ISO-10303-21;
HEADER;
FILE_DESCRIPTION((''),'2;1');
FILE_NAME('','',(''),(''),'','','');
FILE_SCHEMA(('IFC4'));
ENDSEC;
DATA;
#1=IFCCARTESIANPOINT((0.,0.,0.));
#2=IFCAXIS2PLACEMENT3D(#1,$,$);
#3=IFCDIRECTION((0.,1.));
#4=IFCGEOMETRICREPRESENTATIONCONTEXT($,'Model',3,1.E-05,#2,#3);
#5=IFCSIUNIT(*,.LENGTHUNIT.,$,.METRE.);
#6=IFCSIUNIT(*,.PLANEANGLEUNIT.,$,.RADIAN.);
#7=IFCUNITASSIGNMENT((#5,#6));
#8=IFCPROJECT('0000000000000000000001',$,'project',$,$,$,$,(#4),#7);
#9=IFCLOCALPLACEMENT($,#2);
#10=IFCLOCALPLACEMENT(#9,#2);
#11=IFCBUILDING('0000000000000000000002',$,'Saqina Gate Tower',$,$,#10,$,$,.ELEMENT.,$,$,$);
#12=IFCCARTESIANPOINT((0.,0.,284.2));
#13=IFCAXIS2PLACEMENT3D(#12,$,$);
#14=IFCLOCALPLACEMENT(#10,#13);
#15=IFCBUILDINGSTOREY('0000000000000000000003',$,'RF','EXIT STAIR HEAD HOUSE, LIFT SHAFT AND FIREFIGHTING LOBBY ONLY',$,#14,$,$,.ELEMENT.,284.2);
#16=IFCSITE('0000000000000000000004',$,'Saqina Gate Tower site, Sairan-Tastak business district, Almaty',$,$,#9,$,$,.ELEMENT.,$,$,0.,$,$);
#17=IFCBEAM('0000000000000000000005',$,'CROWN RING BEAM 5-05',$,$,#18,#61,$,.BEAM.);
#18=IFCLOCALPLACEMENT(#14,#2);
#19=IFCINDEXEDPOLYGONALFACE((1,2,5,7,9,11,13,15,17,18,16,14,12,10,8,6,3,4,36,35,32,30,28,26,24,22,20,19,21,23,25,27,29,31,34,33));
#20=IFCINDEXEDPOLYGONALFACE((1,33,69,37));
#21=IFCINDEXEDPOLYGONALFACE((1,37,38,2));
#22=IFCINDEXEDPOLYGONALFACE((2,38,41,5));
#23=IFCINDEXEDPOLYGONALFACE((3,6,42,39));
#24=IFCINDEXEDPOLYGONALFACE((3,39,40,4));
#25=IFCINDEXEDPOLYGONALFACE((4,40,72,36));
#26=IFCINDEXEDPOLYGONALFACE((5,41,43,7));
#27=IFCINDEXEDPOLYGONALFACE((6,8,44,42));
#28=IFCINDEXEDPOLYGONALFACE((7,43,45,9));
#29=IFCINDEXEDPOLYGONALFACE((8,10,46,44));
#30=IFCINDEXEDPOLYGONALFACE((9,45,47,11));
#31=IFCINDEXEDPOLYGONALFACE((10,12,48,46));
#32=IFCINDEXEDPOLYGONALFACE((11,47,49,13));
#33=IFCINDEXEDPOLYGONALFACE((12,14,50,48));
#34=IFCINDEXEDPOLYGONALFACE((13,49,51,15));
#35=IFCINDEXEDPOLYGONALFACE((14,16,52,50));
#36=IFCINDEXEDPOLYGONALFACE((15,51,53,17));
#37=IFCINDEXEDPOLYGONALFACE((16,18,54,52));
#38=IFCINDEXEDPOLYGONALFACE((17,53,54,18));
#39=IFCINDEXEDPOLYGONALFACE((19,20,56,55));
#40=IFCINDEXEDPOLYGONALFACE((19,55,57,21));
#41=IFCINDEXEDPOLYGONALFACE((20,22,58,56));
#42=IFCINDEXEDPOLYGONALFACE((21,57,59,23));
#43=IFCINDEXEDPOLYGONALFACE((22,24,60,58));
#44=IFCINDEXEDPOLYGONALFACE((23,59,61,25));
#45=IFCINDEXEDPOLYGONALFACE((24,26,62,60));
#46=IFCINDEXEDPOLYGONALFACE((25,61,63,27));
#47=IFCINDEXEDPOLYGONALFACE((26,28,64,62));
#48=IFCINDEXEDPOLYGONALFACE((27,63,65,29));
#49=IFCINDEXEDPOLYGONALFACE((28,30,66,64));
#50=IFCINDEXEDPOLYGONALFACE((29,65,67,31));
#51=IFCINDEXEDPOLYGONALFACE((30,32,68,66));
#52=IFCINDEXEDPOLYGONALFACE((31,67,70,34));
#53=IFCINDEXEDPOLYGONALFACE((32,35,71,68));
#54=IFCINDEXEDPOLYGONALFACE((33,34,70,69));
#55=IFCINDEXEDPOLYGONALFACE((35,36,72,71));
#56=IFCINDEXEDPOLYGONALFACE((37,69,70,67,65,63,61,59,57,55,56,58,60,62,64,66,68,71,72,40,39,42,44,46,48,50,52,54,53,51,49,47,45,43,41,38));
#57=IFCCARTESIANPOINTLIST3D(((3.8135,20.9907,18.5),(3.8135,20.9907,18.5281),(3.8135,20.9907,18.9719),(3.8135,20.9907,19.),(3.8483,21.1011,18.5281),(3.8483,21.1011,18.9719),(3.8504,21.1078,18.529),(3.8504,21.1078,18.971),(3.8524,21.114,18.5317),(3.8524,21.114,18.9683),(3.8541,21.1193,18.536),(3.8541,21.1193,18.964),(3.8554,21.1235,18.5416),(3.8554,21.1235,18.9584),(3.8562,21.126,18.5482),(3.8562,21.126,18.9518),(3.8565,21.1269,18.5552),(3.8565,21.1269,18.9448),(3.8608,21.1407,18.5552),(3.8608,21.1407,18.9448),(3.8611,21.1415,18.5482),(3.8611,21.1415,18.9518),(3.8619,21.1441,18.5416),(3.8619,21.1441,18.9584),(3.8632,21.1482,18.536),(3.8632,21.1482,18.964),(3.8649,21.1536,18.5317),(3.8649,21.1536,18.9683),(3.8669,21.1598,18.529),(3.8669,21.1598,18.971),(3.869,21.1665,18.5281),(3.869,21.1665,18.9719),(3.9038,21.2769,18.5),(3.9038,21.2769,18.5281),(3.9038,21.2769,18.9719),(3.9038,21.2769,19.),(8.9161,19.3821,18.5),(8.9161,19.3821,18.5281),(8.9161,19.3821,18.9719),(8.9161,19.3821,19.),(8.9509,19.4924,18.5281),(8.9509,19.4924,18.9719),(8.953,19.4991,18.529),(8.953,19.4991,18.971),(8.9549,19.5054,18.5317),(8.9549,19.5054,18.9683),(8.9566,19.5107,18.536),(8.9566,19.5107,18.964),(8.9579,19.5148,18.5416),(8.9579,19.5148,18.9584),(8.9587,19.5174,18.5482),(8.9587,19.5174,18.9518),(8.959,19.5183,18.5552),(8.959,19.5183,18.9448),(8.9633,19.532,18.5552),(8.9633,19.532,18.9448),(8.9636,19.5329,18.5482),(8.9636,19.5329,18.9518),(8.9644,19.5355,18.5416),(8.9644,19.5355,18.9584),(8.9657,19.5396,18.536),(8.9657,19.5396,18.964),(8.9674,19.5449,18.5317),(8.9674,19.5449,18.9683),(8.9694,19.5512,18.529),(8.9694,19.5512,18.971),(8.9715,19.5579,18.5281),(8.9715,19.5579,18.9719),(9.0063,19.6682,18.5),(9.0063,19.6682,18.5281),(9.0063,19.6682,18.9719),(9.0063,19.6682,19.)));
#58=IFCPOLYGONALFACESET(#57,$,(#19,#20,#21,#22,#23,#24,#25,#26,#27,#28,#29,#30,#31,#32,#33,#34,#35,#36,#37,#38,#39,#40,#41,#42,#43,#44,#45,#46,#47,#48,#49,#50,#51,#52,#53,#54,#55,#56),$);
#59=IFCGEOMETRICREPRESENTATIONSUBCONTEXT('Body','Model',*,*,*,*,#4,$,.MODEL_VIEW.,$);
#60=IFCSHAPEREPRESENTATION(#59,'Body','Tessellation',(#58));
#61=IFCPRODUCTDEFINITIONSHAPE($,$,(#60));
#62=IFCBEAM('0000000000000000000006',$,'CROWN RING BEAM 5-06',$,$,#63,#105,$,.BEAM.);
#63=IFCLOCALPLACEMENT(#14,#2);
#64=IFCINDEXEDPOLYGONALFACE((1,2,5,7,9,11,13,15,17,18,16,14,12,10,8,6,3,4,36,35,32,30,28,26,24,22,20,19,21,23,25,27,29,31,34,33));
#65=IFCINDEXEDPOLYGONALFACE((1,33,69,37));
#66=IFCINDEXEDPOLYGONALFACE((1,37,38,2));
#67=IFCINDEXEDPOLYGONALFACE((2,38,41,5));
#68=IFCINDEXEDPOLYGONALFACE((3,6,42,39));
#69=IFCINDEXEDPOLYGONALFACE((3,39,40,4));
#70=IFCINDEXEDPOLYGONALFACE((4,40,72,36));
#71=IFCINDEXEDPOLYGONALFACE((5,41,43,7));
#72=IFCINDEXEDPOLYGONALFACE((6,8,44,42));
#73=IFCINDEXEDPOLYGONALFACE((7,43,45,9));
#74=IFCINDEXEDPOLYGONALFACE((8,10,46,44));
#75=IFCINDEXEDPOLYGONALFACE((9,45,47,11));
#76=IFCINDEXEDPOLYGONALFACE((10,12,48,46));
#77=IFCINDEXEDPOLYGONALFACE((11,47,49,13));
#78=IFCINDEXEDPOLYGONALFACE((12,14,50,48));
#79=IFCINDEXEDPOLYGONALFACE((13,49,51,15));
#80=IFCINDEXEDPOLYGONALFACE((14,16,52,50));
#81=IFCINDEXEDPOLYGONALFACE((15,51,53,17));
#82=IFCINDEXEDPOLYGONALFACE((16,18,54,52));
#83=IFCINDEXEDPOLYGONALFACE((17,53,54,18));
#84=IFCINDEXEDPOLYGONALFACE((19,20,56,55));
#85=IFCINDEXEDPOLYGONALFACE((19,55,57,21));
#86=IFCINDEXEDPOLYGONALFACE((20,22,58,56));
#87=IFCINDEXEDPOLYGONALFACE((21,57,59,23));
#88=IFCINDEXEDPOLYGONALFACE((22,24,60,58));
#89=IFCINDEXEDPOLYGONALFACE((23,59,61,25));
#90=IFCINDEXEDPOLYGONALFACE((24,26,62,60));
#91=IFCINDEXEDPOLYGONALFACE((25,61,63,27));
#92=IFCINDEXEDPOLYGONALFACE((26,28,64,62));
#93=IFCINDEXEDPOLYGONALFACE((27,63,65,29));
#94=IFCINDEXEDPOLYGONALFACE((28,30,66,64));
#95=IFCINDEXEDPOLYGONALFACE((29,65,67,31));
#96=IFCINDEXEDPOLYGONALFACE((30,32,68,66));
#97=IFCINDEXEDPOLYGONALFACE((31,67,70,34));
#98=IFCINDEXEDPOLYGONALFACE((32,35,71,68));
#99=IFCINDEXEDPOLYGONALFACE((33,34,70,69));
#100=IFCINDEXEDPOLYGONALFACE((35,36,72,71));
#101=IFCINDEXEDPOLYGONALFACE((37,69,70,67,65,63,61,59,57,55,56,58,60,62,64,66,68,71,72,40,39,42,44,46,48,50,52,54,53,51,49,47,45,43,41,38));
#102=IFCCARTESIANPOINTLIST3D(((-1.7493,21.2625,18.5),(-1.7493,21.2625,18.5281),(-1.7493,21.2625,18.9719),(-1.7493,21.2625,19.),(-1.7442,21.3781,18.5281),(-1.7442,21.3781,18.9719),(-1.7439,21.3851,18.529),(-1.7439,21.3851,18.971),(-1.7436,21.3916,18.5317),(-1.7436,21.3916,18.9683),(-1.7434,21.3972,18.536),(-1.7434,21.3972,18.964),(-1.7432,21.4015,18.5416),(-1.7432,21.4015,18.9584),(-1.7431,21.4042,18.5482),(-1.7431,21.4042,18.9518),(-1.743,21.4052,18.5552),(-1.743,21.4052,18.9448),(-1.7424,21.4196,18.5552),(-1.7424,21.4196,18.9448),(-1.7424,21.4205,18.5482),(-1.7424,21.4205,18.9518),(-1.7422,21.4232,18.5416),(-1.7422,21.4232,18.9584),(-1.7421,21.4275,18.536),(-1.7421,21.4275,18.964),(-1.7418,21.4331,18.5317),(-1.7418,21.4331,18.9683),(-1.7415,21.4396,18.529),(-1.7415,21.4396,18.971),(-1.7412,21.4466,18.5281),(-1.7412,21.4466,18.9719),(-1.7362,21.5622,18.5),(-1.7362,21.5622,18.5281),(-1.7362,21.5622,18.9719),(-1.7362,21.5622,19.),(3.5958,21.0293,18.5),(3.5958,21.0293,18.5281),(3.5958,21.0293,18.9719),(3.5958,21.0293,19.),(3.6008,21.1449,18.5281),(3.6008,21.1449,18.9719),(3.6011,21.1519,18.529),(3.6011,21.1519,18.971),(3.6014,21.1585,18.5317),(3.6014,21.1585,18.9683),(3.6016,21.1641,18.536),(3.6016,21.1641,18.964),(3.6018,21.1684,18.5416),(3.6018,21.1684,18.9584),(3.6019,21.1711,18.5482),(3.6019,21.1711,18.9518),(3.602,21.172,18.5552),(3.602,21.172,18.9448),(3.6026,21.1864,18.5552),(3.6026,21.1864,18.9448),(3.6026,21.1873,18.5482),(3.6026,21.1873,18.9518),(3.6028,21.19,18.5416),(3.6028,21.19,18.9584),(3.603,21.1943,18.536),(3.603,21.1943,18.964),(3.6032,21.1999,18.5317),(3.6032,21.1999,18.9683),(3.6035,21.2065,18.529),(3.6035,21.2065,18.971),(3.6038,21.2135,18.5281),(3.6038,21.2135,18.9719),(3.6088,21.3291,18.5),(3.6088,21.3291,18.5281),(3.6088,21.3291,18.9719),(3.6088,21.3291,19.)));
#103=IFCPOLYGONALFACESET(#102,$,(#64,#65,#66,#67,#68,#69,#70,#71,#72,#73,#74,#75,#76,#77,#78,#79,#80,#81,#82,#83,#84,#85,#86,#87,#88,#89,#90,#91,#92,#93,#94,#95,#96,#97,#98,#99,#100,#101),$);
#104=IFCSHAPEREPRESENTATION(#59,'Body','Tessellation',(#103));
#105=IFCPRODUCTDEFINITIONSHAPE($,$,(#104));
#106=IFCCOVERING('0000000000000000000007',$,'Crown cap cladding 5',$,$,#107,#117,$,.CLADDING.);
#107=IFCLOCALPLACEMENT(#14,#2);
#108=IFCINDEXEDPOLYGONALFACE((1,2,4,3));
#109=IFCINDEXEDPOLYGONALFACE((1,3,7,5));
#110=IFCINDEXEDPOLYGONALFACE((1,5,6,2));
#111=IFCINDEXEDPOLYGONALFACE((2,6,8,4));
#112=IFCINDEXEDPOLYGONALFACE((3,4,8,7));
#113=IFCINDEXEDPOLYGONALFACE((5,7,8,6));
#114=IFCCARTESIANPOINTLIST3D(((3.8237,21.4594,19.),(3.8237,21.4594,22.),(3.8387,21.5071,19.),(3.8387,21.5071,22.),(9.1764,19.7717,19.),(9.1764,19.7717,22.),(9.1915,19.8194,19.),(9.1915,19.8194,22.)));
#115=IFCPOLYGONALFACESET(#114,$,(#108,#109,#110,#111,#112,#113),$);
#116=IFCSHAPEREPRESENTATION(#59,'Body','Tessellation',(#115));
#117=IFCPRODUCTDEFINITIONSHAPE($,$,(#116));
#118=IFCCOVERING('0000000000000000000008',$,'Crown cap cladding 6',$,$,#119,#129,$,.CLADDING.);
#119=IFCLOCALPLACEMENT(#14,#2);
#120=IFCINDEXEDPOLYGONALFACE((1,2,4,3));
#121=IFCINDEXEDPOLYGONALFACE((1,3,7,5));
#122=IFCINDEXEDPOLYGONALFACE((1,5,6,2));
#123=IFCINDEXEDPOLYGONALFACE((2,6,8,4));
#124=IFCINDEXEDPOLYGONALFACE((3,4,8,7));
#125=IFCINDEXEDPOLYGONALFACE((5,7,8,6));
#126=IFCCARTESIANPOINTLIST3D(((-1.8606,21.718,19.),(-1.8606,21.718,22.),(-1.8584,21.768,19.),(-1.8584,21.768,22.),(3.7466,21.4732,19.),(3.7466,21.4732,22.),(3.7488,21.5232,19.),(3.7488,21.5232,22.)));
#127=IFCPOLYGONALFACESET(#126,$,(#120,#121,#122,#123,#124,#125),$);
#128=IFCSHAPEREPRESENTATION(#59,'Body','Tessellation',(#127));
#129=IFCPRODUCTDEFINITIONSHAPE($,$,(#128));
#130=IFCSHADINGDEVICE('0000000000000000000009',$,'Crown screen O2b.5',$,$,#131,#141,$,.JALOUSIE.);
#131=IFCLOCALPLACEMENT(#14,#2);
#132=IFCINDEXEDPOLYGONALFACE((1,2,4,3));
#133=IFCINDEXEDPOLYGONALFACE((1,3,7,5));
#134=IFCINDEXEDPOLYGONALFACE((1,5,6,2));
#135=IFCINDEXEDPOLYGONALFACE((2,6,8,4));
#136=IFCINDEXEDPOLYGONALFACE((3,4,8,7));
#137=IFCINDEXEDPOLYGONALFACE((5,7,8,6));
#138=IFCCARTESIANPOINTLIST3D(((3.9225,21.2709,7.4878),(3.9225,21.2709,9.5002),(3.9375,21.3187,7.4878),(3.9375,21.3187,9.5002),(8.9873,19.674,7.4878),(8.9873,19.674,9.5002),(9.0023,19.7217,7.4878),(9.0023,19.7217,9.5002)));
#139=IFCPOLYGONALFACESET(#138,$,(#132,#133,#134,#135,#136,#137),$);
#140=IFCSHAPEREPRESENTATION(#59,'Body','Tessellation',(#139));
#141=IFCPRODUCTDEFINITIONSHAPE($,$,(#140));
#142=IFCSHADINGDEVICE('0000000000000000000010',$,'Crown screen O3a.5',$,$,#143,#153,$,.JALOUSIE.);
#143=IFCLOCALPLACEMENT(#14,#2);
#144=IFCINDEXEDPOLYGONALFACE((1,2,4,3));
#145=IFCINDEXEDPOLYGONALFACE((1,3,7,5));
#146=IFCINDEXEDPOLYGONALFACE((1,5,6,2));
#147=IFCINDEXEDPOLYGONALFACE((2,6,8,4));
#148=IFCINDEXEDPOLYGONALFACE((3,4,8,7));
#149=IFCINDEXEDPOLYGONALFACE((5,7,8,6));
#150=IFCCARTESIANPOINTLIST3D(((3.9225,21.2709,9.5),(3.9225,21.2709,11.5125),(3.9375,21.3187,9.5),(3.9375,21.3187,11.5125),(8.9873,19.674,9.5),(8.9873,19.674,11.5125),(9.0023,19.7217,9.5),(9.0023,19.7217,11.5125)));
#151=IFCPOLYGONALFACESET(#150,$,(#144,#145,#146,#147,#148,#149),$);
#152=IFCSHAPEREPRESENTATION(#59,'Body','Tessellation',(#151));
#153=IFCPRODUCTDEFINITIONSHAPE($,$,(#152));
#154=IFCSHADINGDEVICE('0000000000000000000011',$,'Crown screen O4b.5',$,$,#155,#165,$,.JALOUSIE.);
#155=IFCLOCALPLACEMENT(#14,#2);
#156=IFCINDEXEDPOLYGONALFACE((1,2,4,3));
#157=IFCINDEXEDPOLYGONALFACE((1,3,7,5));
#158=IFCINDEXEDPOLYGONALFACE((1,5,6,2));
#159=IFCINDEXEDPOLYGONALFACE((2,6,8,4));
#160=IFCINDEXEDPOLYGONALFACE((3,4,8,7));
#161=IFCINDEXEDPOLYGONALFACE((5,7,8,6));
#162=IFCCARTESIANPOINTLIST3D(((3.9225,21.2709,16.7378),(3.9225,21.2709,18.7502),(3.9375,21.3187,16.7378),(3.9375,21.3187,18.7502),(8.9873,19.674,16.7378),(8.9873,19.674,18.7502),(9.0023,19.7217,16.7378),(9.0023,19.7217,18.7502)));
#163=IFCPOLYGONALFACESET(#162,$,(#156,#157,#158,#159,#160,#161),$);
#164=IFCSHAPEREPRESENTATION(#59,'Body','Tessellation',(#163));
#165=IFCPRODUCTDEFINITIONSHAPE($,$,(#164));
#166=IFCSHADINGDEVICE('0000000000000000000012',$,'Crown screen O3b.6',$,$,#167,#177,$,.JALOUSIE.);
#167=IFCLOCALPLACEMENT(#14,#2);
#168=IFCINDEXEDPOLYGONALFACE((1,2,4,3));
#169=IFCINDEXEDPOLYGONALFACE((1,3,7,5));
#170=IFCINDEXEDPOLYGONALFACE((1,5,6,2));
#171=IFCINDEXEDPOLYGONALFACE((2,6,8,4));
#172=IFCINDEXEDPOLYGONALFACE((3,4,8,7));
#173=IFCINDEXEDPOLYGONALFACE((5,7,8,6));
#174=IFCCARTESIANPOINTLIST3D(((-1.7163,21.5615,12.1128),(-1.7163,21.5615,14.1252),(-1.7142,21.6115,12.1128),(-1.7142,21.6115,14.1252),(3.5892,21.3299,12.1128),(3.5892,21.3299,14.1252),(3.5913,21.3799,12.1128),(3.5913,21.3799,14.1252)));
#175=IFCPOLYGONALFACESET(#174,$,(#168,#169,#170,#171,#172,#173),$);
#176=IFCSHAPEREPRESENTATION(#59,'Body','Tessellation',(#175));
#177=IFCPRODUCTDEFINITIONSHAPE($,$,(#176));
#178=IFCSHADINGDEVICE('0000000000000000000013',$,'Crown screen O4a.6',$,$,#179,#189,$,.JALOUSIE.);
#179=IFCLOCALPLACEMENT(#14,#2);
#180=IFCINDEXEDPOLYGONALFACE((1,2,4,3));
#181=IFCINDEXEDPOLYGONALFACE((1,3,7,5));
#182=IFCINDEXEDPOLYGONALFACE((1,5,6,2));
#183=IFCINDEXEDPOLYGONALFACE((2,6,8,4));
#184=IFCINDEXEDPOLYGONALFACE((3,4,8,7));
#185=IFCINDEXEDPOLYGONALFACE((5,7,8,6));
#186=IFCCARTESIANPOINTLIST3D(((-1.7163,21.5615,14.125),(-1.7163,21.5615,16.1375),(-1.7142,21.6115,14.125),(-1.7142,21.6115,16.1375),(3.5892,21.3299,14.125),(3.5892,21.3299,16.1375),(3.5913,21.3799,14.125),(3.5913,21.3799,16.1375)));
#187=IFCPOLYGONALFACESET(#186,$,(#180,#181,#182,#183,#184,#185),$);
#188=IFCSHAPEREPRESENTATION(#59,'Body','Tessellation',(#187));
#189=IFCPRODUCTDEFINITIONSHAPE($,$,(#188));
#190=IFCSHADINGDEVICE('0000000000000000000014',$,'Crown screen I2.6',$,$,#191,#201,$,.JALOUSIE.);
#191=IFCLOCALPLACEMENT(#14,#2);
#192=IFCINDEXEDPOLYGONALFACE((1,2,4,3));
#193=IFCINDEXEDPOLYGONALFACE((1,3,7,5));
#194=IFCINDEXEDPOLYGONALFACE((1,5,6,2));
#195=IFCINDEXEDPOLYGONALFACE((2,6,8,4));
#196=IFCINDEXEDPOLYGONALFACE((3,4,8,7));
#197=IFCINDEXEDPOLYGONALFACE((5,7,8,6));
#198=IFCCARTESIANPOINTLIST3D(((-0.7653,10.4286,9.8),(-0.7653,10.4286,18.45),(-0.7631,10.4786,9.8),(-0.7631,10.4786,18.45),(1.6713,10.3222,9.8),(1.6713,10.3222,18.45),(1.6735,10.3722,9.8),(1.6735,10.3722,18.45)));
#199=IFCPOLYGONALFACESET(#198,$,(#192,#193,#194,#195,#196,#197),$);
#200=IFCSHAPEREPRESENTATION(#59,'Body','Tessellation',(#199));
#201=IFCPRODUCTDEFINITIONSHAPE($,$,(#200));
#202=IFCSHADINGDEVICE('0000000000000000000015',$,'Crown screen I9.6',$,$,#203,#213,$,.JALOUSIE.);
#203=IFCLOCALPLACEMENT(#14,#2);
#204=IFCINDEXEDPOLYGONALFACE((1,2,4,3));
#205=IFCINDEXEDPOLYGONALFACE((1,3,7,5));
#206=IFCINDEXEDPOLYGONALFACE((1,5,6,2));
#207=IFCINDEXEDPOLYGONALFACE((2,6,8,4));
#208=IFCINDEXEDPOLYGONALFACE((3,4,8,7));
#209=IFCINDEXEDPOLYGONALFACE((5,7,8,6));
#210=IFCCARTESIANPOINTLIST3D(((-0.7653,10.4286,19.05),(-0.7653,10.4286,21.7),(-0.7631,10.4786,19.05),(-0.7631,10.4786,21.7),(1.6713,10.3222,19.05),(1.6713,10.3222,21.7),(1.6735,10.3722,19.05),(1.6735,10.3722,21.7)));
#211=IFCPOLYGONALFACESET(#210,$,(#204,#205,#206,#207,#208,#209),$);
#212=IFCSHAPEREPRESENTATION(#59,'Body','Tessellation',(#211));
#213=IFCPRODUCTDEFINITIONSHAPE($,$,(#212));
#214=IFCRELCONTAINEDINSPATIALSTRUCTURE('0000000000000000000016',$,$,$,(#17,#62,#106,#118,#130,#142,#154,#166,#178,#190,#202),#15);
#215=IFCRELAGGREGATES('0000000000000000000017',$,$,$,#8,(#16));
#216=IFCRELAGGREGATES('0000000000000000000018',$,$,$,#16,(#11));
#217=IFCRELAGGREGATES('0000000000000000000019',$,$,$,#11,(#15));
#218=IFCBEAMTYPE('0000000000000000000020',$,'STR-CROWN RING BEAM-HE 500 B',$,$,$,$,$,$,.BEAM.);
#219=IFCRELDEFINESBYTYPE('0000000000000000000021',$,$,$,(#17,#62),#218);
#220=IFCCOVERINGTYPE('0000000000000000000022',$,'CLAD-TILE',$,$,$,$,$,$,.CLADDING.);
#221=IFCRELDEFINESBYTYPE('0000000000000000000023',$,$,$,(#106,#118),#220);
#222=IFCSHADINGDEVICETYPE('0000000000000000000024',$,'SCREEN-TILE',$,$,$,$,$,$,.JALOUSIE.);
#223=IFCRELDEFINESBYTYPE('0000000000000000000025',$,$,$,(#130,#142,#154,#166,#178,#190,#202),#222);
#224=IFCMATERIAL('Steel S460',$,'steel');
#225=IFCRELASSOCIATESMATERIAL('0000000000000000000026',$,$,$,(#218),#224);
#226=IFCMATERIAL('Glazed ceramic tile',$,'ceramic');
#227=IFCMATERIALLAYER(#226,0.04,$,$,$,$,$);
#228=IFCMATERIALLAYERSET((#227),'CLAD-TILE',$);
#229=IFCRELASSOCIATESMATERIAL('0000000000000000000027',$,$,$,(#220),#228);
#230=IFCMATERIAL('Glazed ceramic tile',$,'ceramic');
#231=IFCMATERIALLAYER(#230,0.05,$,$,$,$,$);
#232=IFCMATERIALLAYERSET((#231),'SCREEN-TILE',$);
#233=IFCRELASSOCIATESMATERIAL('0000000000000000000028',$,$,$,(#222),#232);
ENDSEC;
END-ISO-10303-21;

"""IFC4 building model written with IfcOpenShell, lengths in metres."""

from ifc_helpers import new_model, si_unit, direction, frame, origin, origin_2d, place, context, subcontext, project, spatial, rectangle, i_section, extrude, material, layer, layer_set, material_profile, profile_set, type_object, element, save


model = new_model("IFC4")

# Units and contexts
model_context = context("Model", 3, precision=1e-05, world=origin(), true_north=direction((0.0, 1.0)))
body_context = subcontext(model_context, "Body", "Model", "MODEL_VIEW")
ifc_project = project(units=[si_unit("LENGTHUNIT", "METRE"), si_unit("PLANEANGLEUNIT", "RADIAN")], contexts=[model_context])

# Site, building, storey
site_placement = place(None, origin())
site = spatial("IfcSite", under=ifc_project, at=site_placement, Name="Saqina Gate Tower site, Sairan-Tastak business district, Almaty", CompositionType="ELEMENT", RefElevation=0.0)
building_placement = place(site_placement, origin())
building = spatial("IfcBuilding", under=site, at=building_placement, Name="Saqina Gate Tower", CompositionType="ELEMENT")
storey_placement = place(building_placement, frame((0.0, 0.0, 284.2)))
storey = spatial("IfcBuildingStorey", under=building, at=storey_placement, Name="RF", Description="EXIT STAIR HEAD HOUSE, LIFT SHAFT AND FIREFIGHTING LOBBY ONLY", CompositionType="ELEMENT", Elevation=284.2)

# Beams
ifc_material_1 = material(Name="Steel S460", Category="steel")
ifc_material_profile_1 = material_profile(ifc_material_1, i_section(OverallWidth=0.3, OverallDepth=0.5, WebThickness=0.0144, FlangeThickness=0.0281, FilletRadius=0.0271, at=origin_2d()), Name="HE 500 B")
ifc_profile_set_1 = profile_set([ifc_material_profile_1], Name="Steel S460")
beam_type_1 = type_object("IfcBeamType", Name="STR-CROWN RING BEAM-HE 500 B", PredefinedType="BEAM", material=ifc_profile_set_1)
for number, where, z_axis, x_axis, name in (
    (1, (8.9612, 19.5251, 18.75), (-0.953727, 0.300675, 0.0), (-0.300675, -0.953727, 0.0), "CROWN RING BEAM 5-05"),
    (2, (3.6023, 21.1792, 18.75), (-0.99905, 0.04358, 0.0), (-0.04358, -0.99905, 0.0), "CROWN RING BEAM 5-06"),
):
    element("IfcBeam", number, at=place(storey_placement, frame(where, z_axis=z_axis, x_axis=x_axis)), inside=storey, type_object=beam_type_1, Name=name, PredefinedType="BEAM", context=body_context, shape_type="SweptSolid", body=[
        extrude(i_section(OverallWidth=0.3, OverallDepth=0.5, WebThickness=0.0144, FlangeThickness=0.0281, FilletRadius=0.0271, at=origin_2d()), origin(), (0.0, 0.0, 1.0), 5.3501),
    ])

# Coverings
ifc_material_2 = material(Name="Glazed ceramic tile", Category="ceramic")
ifc_layer_1 = layer(ifc_material_2, 0.04)
ifc_layer_set_1 = layer_set([ifc_layer_1], Name="CLAD-TILE")
covering_type = type_object("IfcCoveringType", Name="CLAD-TILE", PredefinedType="CLADDING", material=ifc_layer_set_1)
for number, where, z_axis, x_axis, name in (
    (3, (6.5076, 20.6394, 19.0), (0.0, 0.0, 1.0), (-0.953717, 0.300706, 0.0), "Crown cap cladding 5"),
    (4, (0.9441, 21.6206, 19.0), (0.0, 0.0, 1.0), (-0.999048, 0.043619, 0.0), "Crown cap cladding 6"),
):
    element("IfcCovering", number, at=place(storey_placement, frame(where, z_axis=z_axis, x_axis=x_axis)), inside=storey, type_object=covering_type, Name=name, PredefinedType="CLADDING", context=body_context, shape_type="SweptSolid", body=[
        extrude(rectangle(XDim=5.6125, YDim=0.05, at=origin_2d()), origin(), (0.0, 0.0, 1.0), 3.0),
    ])

# Shading devices
ifc_material_3 = material(Name="Glazed ceramic tile", Category="ceramic")
ifc_layer_2 = layer(ifc_material_3, 0.05)
ifc_layer_set_2 = layer_set([ifc_layer_2], Name="SCREEN-TILE")
shading_device_type_1 = type_object("IfcShadingDeviceType", Name="SCREEN-TILE", PredefinedType="JALOUSIE", material=ifc_layer_set_2)
for number, where, z_axis, x_axis, name in (
    (5, (6.4624, 20.4963, 7.4878), (0.0, 0.0, 1.0), (-0.953717, 0.300706, 0.0), "Crown screen O2b.5"),
    (6, (6.4624, 20.4963, 9.5), (0.0, 0.0, 1.0), (-0.953717, 0.300706, 0.0), "Crown screen O3a.5"),
    (7, (6.4624, 20.4963, 16.7378), (0.0, 0.0, 1.0), (-0.953717, 0.300706, 0.0), "Crown screen O4b.5"),
    (8, (0.9375, 21.4707, 12.1128), (0.0, 0.0, 1.0), (-0.999048, 0.043619, 0.0), "Crown screen O3b.6"),
    (9, (0.9375, 21.4707, 14.125), (0.0, 0.0, 1.0), (-0.999048, 0.043619, 0.0), "Crown screen O4a.6"),
):
    element("IfcShadingDevice", number, at=place(storey_placement, frame(where, z_axis=z_axis, x_axis=x_axis)), inside=storey, type_object=shading_device_type_1, Name=name, PredefinedType="JALOUSIE", context=body_context, shape_type="SweptSolid", body=[
        extrude(rectangle(XDim=5.3105, YDim=0.05, at=origin_2d()), origin(), (0.0, 0.0, 1.0), 2.0125),
    ])
shading_device_1_placement = place(storey_placement, frame((0.4541, 10.4004, 9.8), z_axis=(0.0, 0.0, 1.0), x_axis=(-0.999048, 0.043619, 0.0)))
element("IfcShadingDevice", 10, at=shading_device_1_placement, inside=storey, type_object=shading_device_type_1, Name="Crown screen I2.6", PredefinedType="JALOUSIE", context=body_context, shape_type="SweptSolid", body=[
    extrude(rectangle(XDim=2.439, YDim=0.05, at=origin_2d()), origin(), (0.0, 0.0, 1.0), 8.6499),
])
shading_device_2_placement = place(storey_placement, frame((0.4541, 10.4004, 19.05), z_axis=(0.0, 0.0, 1.0), x_axis=(-0.999048, 0.043619, 0.0)))
element("IfcShadingDevice", 11, at=shading_device_2_placement, inside=storey, type_object=shading_device_type_1, Name="Crown screen I9.6", PredefinedType="JALOUSIE", context=body_context, shape_type="SweptSolid", body=[
    extrude(rectangle(XDim=2.439, YDim=0.05, at=origin_2d()), origin(), (0.0, 0.0, 1.0), 2.6499),
])

save(model, "model.ifc")
